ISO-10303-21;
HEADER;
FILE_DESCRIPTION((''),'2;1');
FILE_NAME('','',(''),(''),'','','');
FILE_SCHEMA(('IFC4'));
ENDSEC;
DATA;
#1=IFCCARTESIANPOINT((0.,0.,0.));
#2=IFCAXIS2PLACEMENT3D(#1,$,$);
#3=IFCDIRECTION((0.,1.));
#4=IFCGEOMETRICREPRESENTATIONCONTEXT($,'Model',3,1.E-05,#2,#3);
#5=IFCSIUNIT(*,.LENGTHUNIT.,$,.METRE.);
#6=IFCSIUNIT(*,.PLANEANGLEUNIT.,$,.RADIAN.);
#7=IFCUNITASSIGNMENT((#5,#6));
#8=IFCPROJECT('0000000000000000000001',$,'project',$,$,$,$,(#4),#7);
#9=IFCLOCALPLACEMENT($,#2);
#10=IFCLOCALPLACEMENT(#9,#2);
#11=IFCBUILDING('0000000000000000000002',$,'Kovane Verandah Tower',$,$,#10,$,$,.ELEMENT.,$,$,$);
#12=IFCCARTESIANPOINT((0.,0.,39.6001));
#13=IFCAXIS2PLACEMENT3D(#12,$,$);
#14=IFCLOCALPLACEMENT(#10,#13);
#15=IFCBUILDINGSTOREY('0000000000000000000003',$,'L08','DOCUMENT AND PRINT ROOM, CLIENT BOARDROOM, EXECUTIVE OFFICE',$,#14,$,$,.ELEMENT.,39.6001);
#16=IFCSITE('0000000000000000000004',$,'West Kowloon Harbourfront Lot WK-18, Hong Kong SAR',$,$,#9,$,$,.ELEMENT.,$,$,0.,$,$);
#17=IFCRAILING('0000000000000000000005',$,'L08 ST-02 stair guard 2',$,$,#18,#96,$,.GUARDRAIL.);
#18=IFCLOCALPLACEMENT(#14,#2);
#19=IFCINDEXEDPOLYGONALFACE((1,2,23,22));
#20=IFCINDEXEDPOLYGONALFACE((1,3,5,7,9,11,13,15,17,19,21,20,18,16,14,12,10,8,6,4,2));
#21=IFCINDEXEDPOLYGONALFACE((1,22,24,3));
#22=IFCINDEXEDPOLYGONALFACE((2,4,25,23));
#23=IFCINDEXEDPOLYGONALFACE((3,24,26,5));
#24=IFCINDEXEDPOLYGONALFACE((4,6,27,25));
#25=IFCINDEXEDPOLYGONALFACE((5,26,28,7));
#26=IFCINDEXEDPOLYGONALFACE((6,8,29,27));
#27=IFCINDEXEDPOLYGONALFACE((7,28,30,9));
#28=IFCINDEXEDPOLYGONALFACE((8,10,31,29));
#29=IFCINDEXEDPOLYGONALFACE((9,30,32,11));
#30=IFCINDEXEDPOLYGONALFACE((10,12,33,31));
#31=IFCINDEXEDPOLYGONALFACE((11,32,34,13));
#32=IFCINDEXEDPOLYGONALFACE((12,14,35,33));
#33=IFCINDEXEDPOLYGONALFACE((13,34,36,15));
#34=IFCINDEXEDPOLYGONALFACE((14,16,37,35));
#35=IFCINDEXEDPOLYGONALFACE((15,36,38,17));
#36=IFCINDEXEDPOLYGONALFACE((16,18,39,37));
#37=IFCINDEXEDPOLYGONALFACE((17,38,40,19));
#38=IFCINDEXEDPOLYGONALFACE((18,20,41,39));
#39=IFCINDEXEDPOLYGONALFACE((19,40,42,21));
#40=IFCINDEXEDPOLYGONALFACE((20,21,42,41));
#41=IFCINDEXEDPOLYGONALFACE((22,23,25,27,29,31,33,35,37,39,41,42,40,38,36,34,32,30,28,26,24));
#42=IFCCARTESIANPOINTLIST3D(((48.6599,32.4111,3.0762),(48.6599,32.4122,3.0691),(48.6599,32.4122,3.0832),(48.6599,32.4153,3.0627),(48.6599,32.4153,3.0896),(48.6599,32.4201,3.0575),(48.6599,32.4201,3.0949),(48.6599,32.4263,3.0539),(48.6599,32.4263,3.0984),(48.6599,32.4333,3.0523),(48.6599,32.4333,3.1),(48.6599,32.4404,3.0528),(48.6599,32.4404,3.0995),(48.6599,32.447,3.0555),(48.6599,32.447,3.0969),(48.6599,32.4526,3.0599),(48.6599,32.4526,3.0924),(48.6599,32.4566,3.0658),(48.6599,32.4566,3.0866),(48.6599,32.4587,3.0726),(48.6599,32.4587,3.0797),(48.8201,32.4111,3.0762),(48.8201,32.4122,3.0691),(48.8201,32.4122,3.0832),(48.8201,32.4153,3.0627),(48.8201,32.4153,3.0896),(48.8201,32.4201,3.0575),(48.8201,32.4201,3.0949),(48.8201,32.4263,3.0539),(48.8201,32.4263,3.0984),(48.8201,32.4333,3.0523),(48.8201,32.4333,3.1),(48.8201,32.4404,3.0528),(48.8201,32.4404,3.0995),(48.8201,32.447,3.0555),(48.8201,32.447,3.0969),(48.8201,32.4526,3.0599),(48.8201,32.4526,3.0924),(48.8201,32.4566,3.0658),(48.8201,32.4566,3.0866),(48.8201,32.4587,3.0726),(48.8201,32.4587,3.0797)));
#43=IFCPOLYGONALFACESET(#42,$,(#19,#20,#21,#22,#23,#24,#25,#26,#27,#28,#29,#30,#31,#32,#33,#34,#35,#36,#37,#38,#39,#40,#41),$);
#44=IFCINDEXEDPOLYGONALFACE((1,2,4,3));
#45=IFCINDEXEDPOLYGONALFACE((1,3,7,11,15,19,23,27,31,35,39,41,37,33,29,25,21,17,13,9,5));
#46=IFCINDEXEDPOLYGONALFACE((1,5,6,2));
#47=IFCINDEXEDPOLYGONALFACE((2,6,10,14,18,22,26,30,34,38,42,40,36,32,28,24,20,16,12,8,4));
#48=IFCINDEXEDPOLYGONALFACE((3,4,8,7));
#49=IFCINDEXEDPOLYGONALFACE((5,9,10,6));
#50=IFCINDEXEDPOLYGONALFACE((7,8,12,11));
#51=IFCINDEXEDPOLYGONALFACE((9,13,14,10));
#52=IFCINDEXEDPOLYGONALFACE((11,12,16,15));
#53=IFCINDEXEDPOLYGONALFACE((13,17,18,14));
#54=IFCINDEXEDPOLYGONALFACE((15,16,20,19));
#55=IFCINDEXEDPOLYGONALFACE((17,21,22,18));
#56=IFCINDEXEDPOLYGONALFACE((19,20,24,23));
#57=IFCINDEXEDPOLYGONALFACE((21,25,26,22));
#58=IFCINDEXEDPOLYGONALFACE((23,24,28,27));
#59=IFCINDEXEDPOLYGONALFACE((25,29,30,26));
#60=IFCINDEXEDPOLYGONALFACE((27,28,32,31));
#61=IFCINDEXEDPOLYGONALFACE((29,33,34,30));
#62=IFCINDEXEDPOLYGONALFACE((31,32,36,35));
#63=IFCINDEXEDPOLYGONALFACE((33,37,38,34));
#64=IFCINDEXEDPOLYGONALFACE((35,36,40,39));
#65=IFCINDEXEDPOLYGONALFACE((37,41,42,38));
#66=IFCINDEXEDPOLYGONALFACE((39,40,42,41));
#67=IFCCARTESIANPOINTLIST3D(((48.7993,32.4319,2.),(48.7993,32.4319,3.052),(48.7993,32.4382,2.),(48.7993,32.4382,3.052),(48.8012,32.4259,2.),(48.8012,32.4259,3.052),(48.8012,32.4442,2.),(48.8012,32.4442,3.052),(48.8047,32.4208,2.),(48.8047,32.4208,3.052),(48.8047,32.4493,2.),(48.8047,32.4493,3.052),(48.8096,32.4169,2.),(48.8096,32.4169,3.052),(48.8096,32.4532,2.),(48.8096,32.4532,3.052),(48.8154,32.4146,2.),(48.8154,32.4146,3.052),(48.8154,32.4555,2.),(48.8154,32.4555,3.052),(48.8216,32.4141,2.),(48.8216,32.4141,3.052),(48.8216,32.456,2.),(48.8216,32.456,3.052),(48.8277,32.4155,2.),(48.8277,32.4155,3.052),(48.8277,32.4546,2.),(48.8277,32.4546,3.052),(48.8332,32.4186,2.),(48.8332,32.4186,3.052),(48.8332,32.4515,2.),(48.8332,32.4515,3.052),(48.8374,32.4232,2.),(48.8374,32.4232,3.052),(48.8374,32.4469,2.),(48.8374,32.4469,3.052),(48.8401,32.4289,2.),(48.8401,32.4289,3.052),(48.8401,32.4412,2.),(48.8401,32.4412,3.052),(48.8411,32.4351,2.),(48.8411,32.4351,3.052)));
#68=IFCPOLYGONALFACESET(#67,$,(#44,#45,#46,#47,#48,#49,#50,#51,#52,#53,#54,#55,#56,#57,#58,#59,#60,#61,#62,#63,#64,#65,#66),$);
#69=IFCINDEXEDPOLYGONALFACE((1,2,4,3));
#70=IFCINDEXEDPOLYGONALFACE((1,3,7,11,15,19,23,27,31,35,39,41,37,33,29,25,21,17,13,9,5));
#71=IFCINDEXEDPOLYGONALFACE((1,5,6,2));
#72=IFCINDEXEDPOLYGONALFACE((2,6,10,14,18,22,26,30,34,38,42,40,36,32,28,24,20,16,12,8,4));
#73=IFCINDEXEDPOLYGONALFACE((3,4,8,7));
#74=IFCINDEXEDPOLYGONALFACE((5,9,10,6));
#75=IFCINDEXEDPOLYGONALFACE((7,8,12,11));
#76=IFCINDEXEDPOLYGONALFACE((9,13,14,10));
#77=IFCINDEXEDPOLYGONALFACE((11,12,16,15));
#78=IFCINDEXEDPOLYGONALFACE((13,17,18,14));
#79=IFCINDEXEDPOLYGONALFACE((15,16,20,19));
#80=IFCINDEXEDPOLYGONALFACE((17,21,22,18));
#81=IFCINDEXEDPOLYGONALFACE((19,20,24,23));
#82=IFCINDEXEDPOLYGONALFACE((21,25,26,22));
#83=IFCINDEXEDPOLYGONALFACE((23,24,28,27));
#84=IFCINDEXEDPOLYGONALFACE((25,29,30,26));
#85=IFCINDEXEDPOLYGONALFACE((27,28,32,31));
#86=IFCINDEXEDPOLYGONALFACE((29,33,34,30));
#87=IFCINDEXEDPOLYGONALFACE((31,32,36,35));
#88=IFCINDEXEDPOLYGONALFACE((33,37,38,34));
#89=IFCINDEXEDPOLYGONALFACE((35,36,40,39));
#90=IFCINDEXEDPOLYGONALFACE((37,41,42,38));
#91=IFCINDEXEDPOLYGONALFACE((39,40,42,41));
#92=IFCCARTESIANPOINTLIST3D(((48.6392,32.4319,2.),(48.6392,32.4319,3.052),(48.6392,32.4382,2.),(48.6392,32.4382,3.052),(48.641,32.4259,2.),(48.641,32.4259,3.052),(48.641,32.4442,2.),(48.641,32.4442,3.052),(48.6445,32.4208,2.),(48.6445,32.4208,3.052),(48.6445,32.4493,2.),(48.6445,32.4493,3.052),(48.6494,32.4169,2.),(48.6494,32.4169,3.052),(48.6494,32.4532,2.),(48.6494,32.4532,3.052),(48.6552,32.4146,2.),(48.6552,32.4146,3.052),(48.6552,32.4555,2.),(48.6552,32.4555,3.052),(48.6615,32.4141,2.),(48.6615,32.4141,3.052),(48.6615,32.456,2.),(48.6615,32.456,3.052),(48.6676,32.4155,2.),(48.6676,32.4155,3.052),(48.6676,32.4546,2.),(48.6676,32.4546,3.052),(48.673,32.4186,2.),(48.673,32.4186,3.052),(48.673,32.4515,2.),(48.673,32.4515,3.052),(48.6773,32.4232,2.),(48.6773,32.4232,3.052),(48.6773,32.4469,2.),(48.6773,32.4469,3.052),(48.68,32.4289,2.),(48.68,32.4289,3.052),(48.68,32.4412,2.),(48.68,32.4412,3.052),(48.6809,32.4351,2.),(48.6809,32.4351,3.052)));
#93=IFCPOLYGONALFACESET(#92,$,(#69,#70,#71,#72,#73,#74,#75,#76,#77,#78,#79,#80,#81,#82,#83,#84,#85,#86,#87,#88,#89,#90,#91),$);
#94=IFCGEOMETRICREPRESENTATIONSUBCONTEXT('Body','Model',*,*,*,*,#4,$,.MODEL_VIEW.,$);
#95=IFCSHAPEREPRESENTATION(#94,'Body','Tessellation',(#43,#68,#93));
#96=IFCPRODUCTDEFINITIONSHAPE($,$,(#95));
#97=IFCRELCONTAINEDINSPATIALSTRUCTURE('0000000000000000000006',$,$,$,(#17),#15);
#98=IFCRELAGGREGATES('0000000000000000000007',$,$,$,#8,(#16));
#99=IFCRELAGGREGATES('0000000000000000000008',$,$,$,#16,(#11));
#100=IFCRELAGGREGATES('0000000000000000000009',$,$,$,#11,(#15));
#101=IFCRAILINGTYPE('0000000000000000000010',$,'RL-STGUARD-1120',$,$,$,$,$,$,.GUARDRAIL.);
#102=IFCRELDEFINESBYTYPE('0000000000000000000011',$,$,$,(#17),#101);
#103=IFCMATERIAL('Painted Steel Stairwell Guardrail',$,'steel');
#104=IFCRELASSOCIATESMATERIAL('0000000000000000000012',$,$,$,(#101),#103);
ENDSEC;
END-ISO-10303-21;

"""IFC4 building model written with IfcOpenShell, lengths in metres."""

from ifc_helpers import new_model, si_unit, direction, frame, origin, origin_2d, place, context, subcontext, project, spatial, circle, extrude, material, type_object, element, save


model = new_model("IFC4")

# Units and contexts
model_context = context("Model", 3, precision=1e-05, world=origin(), true_north=direction((0.0, 1.0)))
body_context = subcontext(model_context, "Body", "Model", "MODEL_VIEW")
ifc_project = project(units=[si_unit("LENGTHUNIT", "METRE"), si_unit("PLANEANGLEUNIT", "RADIAN")], contexts=[model_context])

# Site, building, storey
site_placement = place(None, origin())
site = spatial("IfcSite", under=ifc_project, at=site_placement, Name="West Kowloon Harbourfront Lot WK-18, Hong Kong SAR", CompositionType="ELEMENT", RefElevation=0.0)
building_placement = place(site_placement, origin())
building = spatial("IfcBuilding", under=site, at=building_placement, Name="Kovane Verandah Tower", CompositionType="ELEMENT")
storey_placement = place(building_placement, frame((0.0, 0.0, 39.6001)))
storey = spatial("IfcBuildingStorey", under=building, at=storey_placement, Name="L08", Description="DOCUMENT AND PRINT ROOM, CLIENT BOARDROOM, EXECUTIVE OFFICE", CompositionType="ELEMENT", Elevation=39.6001)

# Railing
ifc_material_1 = material(Name="Painted Steel Stairwell Guardrail", Category="steel")
railing_type_1 = type_object("IfcRailingType", Name="RL-STGUARD-1120", PredefinedType="GUARDRAIL", material=ifc_material_1)
railing_1_placement = place(storey_placement, frame((48.8201, 32.4351, 2.0)))
element("IfcRailing", 1, at=railing_1_placement, inside=storey, type_object=railing_type_1, Name="L08 ST-02 stair guard 2", PredefinedType="GUARDRAIL", context=body_context, shape_type="SweptSolid", body=[
    extrude(circle(Radius=0.0239, at=origin_2d()), frame((0.0, 0.0, 1.0762), z_axis=(-1.0, 0.0, 0.0), x_axis=(0.0, -1.0, 0.0)), (0.0, 0.0, 1.0), 0.1602),
    extrude(circle(Radius=0.021, at=origin_2d()), origin(), (0.0, 0.0, 1.0), 1.052),
    extrude(circle(Radius=0.021, at=origin_2d()), frame((-0.1602, 0.0, 0.0)), (0.0, 0.0, 1.0), 1.052),
])

save(model, "model.ifc")
